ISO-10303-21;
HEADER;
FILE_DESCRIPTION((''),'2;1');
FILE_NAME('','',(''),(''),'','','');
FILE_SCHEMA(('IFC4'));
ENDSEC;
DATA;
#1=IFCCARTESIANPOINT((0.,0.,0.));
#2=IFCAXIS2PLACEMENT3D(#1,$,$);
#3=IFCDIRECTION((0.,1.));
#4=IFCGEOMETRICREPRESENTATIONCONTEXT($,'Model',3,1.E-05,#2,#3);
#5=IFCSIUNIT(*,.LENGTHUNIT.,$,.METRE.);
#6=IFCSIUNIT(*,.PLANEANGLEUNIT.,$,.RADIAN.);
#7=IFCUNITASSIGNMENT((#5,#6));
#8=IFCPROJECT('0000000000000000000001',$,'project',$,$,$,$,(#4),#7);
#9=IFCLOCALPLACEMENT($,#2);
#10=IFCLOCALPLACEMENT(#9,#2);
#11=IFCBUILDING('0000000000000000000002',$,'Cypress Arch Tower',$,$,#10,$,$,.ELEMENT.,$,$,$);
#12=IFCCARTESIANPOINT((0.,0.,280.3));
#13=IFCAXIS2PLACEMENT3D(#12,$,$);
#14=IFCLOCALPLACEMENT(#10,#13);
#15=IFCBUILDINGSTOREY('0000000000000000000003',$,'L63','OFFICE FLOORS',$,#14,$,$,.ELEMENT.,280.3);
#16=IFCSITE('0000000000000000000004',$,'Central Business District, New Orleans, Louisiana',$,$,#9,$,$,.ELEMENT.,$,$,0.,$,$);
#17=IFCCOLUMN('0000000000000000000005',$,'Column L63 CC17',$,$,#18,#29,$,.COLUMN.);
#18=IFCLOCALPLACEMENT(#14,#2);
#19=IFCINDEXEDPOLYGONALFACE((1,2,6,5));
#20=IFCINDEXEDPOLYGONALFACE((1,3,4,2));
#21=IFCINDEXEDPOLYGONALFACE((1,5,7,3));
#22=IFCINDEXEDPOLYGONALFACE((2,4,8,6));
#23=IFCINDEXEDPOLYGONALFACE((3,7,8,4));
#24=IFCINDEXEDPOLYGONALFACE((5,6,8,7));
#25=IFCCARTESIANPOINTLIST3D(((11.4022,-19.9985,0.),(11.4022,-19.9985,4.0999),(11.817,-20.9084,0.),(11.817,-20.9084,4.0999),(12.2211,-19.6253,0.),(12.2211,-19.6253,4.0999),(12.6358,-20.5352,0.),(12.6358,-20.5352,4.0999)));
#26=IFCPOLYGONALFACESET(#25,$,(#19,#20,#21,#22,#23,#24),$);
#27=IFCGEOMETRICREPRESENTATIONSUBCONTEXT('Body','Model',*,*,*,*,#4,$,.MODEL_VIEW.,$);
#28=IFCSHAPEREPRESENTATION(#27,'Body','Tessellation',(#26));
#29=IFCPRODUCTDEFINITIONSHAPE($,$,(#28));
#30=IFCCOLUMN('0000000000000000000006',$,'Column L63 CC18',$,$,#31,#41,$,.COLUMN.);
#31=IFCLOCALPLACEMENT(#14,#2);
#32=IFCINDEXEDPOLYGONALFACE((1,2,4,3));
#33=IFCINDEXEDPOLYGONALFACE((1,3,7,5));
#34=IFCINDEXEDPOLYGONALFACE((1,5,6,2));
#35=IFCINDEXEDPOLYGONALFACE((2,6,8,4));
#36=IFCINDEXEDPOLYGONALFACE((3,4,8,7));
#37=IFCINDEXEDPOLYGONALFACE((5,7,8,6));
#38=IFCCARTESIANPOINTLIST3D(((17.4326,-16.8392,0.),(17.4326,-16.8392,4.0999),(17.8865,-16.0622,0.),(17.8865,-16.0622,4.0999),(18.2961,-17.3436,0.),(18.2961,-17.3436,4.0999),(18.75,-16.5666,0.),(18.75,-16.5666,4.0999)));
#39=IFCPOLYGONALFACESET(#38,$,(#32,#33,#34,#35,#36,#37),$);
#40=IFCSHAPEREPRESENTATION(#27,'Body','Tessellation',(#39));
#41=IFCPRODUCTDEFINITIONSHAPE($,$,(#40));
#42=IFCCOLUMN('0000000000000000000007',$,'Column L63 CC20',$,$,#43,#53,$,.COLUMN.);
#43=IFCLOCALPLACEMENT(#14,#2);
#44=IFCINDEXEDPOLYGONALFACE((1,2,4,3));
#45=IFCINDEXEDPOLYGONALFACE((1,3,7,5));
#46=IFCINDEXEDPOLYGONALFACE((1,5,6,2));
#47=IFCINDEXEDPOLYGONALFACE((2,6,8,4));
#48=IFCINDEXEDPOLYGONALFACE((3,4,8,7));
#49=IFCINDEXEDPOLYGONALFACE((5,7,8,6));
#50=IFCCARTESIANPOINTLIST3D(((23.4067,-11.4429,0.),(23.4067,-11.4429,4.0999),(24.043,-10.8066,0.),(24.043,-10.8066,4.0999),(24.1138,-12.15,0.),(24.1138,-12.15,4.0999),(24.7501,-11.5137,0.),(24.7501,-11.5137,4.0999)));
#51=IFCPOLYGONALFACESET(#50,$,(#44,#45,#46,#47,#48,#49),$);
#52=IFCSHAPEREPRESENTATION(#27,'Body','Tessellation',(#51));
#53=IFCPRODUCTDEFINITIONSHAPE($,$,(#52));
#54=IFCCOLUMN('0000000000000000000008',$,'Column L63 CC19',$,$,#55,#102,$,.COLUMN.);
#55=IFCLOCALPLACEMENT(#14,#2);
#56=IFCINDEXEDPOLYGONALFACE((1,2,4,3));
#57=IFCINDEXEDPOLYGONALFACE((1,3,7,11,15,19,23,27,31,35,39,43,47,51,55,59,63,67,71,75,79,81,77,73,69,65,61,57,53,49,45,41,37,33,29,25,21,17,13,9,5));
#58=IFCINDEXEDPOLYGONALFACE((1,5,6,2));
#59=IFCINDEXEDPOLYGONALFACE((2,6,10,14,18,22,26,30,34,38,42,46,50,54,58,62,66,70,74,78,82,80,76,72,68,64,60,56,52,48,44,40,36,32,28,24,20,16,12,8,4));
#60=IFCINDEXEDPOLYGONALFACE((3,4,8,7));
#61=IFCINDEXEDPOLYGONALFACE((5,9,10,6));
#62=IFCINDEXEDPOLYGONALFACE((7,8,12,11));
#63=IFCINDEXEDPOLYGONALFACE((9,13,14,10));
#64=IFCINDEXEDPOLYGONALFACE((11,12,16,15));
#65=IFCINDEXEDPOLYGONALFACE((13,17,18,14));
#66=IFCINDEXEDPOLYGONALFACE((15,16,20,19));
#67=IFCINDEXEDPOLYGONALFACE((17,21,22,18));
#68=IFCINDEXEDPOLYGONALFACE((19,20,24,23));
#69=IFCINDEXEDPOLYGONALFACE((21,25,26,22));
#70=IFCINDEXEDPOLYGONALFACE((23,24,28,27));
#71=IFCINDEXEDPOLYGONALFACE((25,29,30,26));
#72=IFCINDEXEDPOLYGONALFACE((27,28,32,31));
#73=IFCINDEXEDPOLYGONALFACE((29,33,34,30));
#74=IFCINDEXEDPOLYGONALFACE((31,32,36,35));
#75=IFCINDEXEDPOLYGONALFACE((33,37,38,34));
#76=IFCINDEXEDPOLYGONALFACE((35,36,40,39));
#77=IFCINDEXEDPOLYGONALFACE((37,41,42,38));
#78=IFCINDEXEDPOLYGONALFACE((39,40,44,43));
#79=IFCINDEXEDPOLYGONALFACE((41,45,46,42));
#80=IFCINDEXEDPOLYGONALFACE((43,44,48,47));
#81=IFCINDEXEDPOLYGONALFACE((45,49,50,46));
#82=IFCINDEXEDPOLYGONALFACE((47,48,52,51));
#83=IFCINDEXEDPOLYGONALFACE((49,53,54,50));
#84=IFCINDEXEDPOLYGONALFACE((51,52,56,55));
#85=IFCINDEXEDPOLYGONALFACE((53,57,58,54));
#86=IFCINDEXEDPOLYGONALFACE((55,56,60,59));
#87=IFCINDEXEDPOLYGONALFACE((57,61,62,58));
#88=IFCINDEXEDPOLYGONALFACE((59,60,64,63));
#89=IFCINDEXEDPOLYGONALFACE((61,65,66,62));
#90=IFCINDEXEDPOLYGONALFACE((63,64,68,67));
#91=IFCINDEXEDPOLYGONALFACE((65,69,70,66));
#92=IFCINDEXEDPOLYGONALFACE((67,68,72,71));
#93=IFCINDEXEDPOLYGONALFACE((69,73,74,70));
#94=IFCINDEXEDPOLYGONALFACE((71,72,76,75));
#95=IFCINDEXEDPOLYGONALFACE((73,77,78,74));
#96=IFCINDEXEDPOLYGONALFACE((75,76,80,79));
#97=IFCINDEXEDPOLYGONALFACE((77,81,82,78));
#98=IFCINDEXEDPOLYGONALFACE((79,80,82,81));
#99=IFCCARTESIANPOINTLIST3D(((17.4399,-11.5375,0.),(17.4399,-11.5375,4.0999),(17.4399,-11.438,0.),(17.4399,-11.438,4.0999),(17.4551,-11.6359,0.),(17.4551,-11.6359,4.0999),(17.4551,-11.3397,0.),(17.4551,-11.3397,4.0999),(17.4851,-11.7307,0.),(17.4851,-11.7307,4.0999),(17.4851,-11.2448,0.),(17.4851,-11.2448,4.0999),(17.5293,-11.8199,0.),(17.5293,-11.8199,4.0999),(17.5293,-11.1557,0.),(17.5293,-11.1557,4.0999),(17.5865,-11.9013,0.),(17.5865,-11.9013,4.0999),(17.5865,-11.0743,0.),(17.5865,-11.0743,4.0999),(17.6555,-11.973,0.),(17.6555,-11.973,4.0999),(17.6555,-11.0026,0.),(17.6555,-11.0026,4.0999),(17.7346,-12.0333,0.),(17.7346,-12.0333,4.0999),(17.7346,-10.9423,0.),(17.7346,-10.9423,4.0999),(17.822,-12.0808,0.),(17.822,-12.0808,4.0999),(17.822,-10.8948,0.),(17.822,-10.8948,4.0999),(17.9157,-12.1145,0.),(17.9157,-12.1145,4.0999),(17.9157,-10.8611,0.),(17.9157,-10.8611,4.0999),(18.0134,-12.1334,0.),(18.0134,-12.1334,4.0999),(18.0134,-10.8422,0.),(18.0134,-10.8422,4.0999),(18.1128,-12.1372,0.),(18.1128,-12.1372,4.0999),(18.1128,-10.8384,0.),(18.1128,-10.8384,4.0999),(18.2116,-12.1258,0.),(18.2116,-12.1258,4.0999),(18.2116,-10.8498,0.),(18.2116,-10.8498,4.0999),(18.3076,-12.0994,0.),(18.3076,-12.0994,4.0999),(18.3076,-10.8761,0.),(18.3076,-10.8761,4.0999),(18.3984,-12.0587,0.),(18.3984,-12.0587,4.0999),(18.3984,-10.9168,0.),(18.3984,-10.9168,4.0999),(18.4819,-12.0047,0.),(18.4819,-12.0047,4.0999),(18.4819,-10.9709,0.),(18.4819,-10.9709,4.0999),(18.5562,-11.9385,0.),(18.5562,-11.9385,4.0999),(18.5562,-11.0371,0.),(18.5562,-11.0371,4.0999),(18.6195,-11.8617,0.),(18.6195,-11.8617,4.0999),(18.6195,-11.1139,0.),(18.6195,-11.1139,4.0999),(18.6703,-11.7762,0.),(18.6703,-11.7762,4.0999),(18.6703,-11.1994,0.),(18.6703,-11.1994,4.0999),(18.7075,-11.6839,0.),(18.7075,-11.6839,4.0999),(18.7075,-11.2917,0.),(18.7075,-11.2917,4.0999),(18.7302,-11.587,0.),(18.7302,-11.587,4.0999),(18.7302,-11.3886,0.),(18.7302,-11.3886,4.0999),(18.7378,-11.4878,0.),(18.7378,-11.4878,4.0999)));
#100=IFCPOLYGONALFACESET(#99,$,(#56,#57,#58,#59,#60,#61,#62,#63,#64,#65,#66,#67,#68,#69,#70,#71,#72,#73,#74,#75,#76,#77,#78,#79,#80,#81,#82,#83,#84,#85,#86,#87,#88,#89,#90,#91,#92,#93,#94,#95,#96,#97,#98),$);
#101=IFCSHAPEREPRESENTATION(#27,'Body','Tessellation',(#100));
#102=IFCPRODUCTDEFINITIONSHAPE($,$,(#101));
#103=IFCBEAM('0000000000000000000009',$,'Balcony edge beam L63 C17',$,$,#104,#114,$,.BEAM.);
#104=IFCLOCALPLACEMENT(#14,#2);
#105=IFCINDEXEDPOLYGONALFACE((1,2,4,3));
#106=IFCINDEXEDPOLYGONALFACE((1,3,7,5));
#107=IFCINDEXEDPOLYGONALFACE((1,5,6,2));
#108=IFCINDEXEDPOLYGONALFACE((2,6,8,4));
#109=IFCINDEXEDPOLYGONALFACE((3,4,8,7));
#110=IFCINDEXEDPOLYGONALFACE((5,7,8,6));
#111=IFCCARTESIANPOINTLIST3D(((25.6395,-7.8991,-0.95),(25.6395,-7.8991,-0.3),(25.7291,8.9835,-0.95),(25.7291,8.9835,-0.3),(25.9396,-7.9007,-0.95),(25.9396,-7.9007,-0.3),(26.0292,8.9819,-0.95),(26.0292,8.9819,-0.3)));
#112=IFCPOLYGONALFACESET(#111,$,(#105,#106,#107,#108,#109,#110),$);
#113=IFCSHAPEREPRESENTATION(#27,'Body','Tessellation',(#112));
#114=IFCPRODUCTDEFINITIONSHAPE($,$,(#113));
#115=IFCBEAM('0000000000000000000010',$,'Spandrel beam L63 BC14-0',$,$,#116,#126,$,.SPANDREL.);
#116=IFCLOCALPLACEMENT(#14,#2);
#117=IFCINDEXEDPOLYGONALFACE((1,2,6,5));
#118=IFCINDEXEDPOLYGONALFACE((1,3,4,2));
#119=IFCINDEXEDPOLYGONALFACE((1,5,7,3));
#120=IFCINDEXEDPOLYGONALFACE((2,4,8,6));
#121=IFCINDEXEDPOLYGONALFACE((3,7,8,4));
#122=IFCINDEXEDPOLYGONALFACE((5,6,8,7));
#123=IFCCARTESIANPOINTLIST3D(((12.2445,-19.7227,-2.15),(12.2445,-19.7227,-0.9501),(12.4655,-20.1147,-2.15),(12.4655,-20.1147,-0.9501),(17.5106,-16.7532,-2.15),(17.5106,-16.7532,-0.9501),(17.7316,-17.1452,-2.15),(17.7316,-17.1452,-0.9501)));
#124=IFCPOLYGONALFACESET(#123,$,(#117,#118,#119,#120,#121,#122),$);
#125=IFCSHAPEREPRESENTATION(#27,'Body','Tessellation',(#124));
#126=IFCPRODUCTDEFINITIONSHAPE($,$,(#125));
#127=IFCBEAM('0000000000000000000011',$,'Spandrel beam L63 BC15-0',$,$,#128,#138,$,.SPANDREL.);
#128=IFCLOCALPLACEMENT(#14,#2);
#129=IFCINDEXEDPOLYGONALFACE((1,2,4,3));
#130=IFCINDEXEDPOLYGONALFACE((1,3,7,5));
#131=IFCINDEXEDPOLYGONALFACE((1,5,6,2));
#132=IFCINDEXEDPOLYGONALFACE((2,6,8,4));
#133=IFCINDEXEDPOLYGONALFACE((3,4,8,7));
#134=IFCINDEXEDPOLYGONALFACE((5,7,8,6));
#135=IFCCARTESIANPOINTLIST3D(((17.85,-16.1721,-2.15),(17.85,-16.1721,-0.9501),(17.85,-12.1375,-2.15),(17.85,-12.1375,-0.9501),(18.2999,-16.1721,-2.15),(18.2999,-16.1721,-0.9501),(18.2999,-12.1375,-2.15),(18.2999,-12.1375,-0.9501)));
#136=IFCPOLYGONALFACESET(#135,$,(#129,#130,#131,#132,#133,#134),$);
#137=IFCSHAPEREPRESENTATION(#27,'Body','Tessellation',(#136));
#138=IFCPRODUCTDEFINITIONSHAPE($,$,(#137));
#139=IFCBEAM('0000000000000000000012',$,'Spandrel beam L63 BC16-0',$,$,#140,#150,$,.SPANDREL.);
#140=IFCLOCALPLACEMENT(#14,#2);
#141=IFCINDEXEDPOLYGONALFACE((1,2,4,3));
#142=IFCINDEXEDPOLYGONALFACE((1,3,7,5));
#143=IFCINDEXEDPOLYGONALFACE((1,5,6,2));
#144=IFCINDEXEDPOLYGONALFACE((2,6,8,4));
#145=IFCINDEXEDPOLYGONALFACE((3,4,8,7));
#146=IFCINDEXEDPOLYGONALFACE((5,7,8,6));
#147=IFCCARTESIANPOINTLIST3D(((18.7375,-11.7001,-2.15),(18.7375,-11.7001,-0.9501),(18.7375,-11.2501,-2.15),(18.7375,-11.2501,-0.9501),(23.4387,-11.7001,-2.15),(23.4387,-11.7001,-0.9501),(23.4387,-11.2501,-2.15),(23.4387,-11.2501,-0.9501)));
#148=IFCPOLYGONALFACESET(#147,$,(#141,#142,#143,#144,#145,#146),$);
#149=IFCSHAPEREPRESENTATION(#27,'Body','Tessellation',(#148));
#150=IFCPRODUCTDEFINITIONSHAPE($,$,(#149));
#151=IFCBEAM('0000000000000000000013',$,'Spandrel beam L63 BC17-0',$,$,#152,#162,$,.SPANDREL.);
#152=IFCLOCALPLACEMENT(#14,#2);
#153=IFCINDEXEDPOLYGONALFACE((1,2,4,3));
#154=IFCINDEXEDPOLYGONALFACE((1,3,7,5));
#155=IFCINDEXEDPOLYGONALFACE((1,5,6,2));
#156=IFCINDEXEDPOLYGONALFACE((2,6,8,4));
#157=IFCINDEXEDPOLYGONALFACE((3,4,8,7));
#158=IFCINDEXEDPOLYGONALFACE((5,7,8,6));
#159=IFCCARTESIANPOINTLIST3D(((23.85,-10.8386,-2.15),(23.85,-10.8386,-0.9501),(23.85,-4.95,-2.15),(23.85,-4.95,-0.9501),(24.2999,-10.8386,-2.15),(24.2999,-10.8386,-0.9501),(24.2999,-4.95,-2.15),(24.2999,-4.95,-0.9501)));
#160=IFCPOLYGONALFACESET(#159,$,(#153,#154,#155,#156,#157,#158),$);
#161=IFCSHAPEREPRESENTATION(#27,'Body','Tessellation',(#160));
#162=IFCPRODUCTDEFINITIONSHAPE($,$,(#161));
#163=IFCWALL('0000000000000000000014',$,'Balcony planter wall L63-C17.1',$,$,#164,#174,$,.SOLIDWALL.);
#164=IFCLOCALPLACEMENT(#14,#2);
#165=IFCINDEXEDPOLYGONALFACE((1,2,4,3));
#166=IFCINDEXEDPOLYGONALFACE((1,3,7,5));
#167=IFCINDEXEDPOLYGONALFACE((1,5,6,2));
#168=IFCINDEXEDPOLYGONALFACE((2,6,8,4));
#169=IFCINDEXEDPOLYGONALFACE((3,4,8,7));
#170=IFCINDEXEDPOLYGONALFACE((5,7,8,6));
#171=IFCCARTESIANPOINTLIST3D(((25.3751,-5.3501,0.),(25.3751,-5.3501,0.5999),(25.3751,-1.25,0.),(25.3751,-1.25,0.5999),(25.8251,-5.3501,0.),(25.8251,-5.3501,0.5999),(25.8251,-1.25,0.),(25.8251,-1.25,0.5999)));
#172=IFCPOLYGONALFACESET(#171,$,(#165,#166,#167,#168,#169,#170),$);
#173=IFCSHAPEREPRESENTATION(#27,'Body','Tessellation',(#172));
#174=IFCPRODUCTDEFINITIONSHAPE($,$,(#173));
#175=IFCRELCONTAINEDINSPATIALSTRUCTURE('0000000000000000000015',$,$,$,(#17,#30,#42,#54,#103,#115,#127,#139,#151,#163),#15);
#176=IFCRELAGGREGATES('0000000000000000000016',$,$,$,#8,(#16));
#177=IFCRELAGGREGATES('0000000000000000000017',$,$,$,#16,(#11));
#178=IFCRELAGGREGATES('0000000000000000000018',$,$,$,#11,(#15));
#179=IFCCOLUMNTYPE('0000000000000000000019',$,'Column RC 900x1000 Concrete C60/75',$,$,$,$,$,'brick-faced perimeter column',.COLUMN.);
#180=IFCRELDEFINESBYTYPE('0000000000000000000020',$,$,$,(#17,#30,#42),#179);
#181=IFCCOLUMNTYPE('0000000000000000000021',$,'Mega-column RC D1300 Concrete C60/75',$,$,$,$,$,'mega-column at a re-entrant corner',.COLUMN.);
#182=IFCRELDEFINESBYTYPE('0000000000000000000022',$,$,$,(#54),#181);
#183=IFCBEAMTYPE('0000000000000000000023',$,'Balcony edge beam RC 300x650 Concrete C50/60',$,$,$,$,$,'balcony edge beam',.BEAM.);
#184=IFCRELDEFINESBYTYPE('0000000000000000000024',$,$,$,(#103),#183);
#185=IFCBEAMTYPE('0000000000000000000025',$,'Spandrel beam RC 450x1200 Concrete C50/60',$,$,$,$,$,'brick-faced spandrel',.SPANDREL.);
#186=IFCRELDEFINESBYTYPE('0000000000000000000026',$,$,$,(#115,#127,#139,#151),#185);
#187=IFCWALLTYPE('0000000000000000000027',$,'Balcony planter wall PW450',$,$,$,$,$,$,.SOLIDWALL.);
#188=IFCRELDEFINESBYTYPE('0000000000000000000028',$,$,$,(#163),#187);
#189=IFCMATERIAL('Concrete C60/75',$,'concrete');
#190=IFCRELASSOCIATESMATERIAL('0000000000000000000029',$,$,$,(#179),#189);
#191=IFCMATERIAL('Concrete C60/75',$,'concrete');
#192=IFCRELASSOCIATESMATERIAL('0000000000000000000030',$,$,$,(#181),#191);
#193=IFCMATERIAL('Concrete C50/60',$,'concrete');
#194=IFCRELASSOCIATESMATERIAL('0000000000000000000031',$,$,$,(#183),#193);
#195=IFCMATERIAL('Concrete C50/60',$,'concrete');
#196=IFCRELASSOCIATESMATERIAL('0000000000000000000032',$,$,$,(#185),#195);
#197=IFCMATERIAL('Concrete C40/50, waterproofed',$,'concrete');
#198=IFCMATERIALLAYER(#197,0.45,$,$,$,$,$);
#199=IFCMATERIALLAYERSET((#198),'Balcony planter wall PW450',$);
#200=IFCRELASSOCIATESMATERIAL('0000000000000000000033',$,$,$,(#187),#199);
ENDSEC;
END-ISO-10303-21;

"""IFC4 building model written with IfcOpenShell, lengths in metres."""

from ifc_helpers import new_model, si_unit, direction, frame, frame_2d, origin, origin_2d, place, context, subcontext, project, spatial, rectangle, circle, extrude, material, layer, layer_set, material_profile, profile_set, type_object, element, save


model = new_model("IFC4")

# Units and contexts
model_context = context("Model", 3, precision=1e-05, world=origin(), true_north=direction((0.0, 1.0)))
body_context = subcontext(model_context, "Body", "Model", "MODEL_VIEW")
ifc_project = project(units=[si_unit("LENGTHUNIT", "METRE"), si_unit("PLANEANGLEUNIT", "RADIAN")], contexts=[model_context])

# Site, building, storey
site_placement = place(None, origin())
site = spatial("IfcSite", under=ifc_project, at=site_placement, Name="Central Business District, New Orleans, Louisiana", CompositionType="ELEMENT", RefElevation=0.0)
building_placement = place(site_placement, origin())
building = spatial("IfcBuilding", under=site, at=building_placement, Name="Cypress Arch Tower", CompositionType="ELEMENT")
storey_placement = place(building_placement, frame((0.0, 0.0, 280.3)))
storey = spatial("IfcBuildingStorey", under=building, at=storey_placement, Name="L63", Description="OFFICE FLOORS", CompositionType="ELEMENT", Elevation=280.3)

# Columns
ifc_material_1 = material(Name="Concrete C60/75", Category="concrete")
ifc_material_profile_1 = material_profile(ifc_material_1, rectangle(XDim=0.8999, YDim=1.0, at=origin_2d()), Name="RC 900x1000")
ifc_profile_set_1 = profile_set([ifc_material_profile_1], Name="Concrete C60/75")
column_type_1 = type_object("IfcColumnType", Name="Column RC 900x1000 Concrete C60/75", ElementType="brick-faced perimeter column", PredefinedType="COLUMN", material=ifc_profile_set_1)
for number, where, z_axis, x_axis, name in (
    (1, (12.019, -20.2668, 0.0), (0.0, 0.0, 1.0), (0.909932, 0.414757, 0.0), "Column L63 CC17"),
    (2, (18.0913, -16.7029, 0.0), (0.0, 0.0, 1.0), (0.504399, 0.863471, 0.0), "Column L63 CC18"),
    (3, (24.0784, -11.4783, 0.0), (0.0, 0.0, 1.0), (0.707107, 0.707107, 0.0), "Column L63 CC20"),
):
    element("IfcColumn", number, at=place(storey_placement, frame(where, z_axis=z_axis, x_axis=x_axis)), inside=storey, type_object=column_type_1, Name=name, PredefinedType="COLUMN", context=body_context, shape_type="SweptSolid", body=[
        extrude(rectangle(XDim=0.8999, YDim=1.0, at=origin_2d()), origin(), (0.0, 0.0, 1.0), 4.0999),
    ])
ifc_material_2 = material(Name="Concrete C60/75", Category="concrete")
ifc_material_profile_2 = material_profile(ifc_material_2, circle(Radius=0.6499, at=origin_2d()), Name="RC D1300")
ifc_profile_set_2 = profile_set([ifc_material_profile_2], Name="Concrete C60/75")
column_type_2 = type_object("IfcColumnType", Name="Mega-column RC D1300 Concrete C60/75", ElementType="mega-column at a re-entrant corner", PredefinedType="COLUMN", material=ifc_profile_set_2)
column_placement = place(storey_placement, frame((18.0879, -11.4878, 0.0), z_axis=(0.0, 0.0, 1.0), x_axis=(1.0, 0.0, 0.0)))
element("IfcColumn", 4, at=column_placement, inside=storey, type_object=column_type_2, Name="Column L63 CC19", PredefinedType="COLUMN", context=body_context, shape_type="SweptSolid", body=[
    extrude(circle(Radius=0.6499, at=origin_2d()), origin(), (0.0, 0.0, 1.0), 4.0999),
])

# Beams
ifc_material_3 = material(Name="Concrete C50/60", Category="concrete")
ifc_material_profile_3 = material_profile(ifc_material_3, rectangle(XDim=0.3, YDim=0.6499, at=origin_2d()), Name="RC 300x650")
ifc_profile_set_3 = profile_set([ifc_material_profile_3], Name="Concrete C50/60")
beam_type_1 = type_object("IfcBeamType", Name="Balcony edge beam RC 300x650 Concrete C50/60", ElementType="balcony edge beam", PredefinedType="BEAM", material=ifc_profile_set_3)
beam_1_placement = place(storey_placement, frame((25.7896, -7.8999, -0.625), z_axis=(0.005307, 0.999986, 0.0), x_axis=(-0.999986, 0.005307, 0.0)))
element("IfcBeam", 5, at=beam_1_placement, inside=storey, type_object=beam_type_1, Name="Balcony edge beam L63 C17", PredefinedType="BEAM", context=body_context, shape_type="SweptSolid", body=[
    extrude(rectangle(XDim=0.3, YDim=0.6499, at=origin_2d()), origin(), (0.0, 0.0, 1.0), 16.8828),
])
ifc_material_4 = material(Name="Concrete C50/60", Category="concrete")
ifc_material_profile_4 = material_profile(ifc_material_4, rectangle(XDim=0.45, YDim=1.2, at=origin_2d()), Name="RC 450x1200")
ifc_profile_set_4 = profile_set([ifc_material_profile_4], Name="Concrete C50/60")
beam_type_2 = type_object("IfcBeamType", Name="Spandrel beam RC 450x1200 Concrete C50/60", ElementType="brick-faced spandrel", PredefinedType="SPANDREL", material=ifc_profile_set_4)
beam_2_placement = place(storey_placement, frame((12.355, -19.9187, -1.55), z_axis=(0.87106, 0.491177, 0.0), x_axis=(-0.491177, 0.87106, 0.0)))
element("IfcBeam", 6, at=beam_2_placement, inside=storey, type_object=beam_type_2, Name="Spandrel beam L63 BC14-0", PredefinedType="SPANDREL", context=body_context, shape_type="SweptSolid", body=[
    extrude(rectangle(XDim=0.45, YDim=1.2, at=origin_2d()), origin(), (0.0, 0.0, 1.0), 6.0457),
])
beam_3_placement = place(storey_placement, frame((18.075, -16.1721, -1.55), z_axis=(0.0, 1.0, 0.0), x_axis=(-1.0, 0.0, 0.0)))
element("IfcBeam", 7, at=beam_3_placement, inside=storey, type_object=beam_type_2, Name="Spandrel beam L63 BC15-0", PredefinedType="SPANDREL", context=body_context, shape_type="SweptSolid", body=[
    extrude(rectangle(XDim=0.45, YDim=1.2, at=origin_2d()), origin(), (0.0, 0.0, 1.0), 4.0347),
])
beam_4_placement = place(storey_placement, frame((18.7375, -11.4751, -1.55), z_axis=(1.0, 0.0, 0.0), x_axis=(0.0, 1.0, 0.0)))
element("IfcBeam", 8, at=beam_4_placement, inside=storey, type_object=beam_type_2, Name="Spandrel beam L63 BC16-0", PredefinedType="SPANDREL", context=body_context, shape_type="SweptSolid", body=[
    extrude(rectangle(XDim=0.45, YDim=1.2, at=origin_2d()), origin(), (0.0, 0.0, 1.0), 4.7012),
])
beam_5_placement = place(storey_placement, frame((24.075, -10.8386, -1.55), z_axis=(0.0, 1.0, 0.0), x_axis=(-1.0, 0.0, 0.0)))
element("IfcBeam", 9, at=beam_5_placement, inside=storey, type_object=beam_type_2, Name="Spandrel beam L63 BC17-0", PredefinedType="SPANDREL", context=body_context, shape_type="SweptSolid", body=[
    extrude(rectangle(XDim=0.45, YDim=1.2, at=origin_2d()), origin(), (0.0, 0.0, 1.0), 5.8887),
])

# Wall
ifc_material_5 = material(Name="Concrete C40/50, waterproofed", Category="concrete")
ifc_layer_1 = layer(ifc_material_5, 0.45)
ifc_layer_set_1 = layer_set([ifc_layer_1], Name="Balcony planter wall PW450")
wall_type_1 = type_object("IfcWallType", Name="Balcony planter wall PW450", PredefinedType="SOLIDWALL", material=ifc_layer_set_1)
wall_1_placement = place(storey_placement, frame((25.6001, -5.3501, 0.0), z_axis=(0.0, 0.0, 1.0), x_axis=(0.0, 1.0, 0.0)))
element("IfcWall", 10, at=wall_1_placement, inside=storey, type_object=wall_type_1, Name="Balcony planter wall L63-C17.1", PredefinedType="SOLIDWALL", context=body_context, shape_type="SweptSolid", body=[
    extrude(rectangle(XDim=4.1001, YDim=0.45, at=frame_2d((2.05, 0.0))), origin(), (0.0, 0.0, 1.0), 0.5999),
])

save(model, "model.ifc")
